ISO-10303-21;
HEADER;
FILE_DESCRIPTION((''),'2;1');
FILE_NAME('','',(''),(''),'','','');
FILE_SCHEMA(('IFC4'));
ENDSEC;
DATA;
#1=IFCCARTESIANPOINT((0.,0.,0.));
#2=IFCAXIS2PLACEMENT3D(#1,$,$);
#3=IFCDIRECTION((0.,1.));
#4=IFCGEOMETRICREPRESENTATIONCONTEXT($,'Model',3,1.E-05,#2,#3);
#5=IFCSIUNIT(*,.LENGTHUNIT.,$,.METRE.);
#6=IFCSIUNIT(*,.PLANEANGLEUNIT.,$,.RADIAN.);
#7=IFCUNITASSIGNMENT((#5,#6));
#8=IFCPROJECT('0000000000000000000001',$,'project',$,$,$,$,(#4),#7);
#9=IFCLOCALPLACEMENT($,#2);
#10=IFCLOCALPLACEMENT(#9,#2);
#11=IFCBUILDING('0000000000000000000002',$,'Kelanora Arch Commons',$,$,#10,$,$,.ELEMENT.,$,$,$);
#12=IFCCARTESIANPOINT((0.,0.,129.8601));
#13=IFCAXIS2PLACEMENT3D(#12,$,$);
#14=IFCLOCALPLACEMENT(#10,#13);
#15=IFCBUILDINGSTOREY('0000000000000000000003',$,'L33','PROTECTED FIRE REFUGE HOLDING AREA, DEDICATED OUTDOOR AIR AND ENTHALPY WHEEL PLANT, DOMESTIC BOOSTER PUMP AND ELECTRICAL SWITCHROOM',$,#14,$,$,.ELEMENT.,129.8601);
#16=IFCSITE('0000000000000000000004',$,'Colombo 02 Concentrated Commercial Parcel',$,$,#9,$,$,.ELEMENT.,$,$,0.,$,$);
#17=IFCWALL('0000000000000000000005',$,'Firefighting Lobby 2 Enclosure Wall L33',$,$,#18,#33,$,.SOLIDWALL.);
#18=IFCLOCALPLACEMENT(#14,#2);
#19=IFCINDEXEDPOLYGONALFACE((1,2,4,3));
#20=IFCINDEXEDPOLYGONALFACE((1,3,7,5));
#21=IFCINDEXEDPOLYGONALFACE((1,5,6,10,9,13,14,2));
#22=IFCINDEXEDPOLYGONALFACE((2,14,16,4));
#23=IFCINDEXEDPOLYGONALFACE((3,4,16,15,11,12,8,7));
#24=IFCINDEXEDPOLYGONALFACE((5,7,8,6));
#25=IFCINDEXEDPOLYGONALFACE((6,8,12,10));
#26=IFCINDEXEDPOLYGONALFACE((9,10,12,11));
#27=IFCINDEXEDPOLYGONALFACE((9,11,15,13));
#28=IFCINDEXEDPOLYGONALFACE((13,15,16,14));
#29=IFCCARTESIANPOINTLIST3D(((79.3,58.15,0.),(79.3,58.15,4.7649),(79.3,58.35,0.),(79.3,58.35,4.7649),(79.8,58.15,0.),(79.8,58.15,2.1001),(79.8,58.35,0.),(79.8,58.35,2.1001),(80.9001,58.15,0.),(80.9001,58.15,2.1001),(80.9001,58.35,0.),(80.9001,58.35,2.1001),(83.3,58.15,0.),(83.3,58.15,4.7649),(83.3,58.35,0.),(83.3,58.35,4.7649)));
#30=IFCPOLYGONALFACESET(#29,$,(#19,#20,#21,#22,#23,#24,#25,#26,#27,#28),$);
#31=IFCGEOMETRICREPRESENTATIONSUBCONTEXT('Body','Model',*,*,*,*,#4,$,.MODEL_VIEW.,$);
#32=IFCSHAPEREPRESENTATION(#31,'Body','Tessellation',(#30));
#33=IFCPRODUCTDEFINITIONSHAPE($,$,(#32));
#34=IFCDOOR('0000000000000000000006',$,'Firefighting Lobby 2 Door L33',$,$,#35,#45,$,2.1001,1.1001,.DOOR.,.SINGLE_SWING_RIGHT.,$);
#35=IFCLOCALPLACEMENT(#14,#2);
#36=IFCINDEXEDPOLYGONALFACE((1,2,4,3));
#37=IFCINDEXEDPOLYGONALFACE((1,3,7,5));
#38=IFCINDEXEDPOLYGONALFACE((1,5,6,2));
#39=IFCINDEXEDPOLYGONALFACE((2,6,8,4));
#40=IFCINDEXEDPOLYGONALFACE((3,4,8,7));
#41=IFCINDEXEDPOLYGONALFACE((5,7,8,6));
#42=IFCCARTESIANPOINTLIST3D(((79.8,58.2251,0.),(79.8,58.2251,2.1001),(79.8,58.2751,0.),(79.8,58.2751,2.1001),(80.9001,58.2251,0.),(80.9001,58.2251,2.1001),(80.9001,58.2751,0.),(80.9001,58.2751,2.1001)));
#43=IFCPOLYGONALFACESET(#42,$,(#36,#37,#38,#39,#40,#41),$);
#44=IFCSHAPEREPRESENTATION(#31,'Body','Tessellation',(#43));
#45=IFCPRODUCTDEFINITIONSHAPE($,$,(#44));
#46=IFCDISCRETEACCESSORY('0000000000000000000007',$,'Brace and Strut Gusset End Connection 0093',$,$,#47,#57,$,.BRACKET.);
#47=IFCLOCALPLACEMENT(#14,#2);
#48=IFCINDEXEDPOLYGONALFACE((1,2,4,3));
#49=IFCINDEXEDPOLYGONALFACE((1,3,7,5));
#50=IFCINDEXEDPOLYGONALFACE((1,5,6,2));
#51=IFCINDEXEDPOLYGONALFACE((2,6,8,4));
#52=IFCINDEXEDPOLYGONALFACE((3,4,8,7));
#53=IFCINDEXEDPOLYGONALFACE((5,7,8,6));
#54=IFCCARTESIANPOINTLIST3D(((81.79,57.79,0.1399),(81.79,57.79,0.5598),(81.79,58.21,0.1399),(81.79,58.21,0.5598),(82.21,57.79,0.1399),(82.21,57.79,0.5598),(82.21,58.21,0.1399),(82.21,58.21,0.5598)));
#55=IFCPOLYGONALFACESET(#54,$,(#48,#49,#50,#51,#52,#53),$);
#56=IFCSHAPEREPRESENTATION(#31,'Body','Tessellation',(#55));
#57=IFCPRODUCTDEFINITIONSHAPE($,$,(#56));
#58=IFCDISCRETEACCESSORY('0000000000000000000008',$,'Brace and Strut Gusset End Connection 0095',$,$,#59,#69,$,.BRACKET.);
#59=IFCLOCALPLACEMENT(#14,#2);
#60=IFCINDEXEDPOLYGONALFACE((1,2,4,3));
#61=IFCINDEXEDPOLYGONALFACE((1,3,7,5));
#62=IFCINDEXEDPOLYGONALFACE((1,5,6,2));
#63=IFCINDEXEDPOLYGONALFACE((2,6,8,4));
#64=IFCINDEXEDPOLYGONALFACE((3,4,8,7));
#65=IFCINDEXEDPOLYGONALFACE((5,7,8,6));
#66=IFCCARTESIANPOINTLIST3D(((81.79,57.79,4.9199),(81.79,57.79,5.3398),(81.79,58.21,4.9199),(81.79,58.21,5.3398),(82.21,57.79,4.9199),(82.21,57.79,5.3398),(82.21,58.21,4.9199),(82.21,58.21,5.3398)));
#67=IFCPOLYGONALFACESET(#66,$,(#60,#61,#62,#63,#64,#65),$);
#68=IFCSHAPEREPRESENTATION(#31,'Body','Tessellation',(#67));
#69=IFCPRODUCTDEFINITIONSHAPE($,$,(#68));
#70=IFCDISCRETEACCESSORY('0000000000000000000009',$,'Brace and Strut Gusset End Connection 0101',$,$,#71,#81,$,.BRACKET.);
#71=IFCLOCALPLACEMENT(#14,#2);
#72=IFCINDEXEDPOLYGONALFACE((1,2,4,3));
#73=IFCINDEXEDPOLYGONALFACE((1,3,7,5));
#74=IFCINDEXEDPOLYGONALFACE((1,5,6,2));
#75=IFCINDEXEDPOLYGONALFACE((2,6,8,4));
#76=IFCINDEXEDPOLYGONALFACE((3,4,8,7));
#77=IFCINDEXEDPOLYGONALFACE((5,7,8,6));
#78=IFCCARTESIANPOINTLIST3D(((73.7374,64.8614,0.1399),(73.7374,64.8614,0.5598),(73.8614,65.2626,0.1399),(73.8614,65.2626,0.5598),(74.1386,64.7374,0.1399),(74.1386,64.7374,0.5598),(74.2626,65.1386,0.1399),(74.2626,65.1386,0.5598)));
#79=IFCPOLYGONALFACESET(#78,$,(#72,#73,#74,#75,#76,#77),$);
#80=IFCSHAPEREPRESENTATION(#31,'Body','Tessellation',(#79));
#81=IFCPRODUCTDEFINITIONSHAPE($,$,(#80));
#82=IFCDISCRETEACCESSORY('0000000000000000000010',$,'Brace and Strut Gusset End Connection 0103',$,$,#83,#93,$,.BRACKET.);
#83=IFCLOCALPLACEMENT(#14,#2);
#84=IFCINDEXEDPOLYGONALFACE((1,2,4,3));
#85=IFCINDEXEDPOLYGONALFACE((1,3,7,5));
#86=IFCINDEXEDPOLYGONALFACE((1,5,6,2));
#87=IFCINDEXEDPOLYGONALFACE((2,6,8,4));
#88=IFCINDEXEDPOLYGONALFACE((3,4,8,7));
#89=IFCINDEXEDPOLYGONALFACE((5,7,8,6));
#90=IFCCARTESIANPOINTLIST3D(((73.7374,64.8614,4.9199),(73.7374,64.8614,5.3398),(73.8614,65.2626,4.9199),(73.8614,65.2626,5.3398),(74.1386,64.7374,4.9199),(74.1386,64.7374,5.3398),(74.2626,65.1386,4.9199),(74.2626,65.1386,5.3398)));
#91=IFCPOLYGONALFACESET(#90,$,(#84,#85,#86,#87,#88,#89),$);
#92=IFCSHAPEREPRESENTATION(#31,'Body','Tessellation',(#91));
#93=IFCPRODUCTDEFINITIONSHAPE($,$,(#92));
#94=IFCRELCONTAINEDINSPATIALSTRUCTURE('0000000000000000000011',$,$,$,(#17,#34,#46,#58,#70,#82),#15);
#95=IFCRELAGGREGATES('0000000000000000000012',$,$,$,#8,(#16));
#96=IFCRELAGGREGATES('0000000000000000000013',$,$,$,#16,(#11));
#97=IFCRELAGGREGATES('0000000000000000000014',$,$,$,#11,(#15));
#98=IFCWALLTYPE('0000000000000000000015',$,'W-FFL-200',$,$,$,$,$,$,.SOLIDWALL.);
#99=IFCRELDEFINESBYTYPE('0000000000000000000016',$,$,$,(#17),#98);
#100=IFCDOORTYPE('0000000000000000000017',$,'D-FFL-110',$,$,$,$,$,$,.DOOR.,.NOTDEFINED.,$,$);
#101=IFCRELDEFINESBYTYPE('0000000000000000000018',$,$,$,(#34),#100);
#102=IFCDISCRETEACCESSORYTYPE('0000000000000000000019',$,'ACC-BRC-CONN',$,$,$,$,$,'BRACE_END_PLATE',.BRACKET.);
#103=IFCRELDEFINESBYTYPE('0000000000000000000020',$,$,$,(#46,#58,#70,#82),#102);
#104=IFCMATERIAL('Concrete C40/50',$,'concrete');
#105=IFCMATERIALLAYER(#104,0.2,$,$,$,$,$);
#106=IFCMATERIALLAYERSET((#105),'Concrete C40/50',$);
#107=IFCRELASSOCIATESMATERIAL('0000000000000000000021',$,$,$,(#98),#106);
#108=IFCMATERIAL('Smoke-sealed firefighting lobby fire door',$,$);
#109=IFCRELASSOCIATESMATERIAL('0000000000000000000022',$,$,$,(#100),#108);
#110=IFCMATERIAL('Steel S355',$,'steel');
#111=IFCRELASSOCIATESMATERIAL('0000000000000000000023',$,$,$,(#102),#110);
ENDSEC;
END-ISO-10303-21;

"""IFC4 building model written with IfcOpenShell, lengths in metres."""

from ifc_helpers import new_model, si_unit, direction, frame, frame_2d, origin, origin_2d, place, context, subcontext, project, spatial, rectangle, extrude, source, transform, mapped, material, layer, layer_set, type_object, element, fill, save


model = new_model("IFC4")

# Units and contexts
model_context = context("Model", 3, precision=1e-05, world=origin(), true_north=direction((0.0, 1.0)))
body_context = subcontext(model_context, "Body", "Model", "MODEL_VIEW")
ifc_project = project(units=[si_unit("LENGTHUNIT", "METRE"), si_unit("PLANEANGLEUNIT", "RADIAN")], contexts=[model_context])

# Site, building, storey
site_placement = place(None, origin())
site = spatial("IfcSite", under=ifc_project, at=site_placement, Name="Colombo 02 Concentrated Commercial Parcel", CompositionType="ELEMENT", RefElevation=0.0)
building_placement = place(site_placement, origin())
building = spatial("IfcBuilding", under=site, at=building_placement, Name="Kelanora Arch Commons", CompositionType="ELEMENT")
storey_placement = place(building_placement, frame((0.0, 0.0, 129.8601)))
storey = spatial("IfcBuildingStorey", under=building, at=storey_placement, Name="L33", Description="PROTECTED FIRE REFUGE HOLDING AREA, DEDICATED OUTDOOR AIR AND ENTHALPY WHEEL PLANT, DOMESTIC BOOSTER PUMP AND ELECTRICAL SWITCHROOM", CompositionType="ELEMENT", Elevation=129.8601)

# Shared definitions
ifc_material_1 = material(Name="Steel S355", Category="steel")

# Wall, opening, door
ifc_material_2 = material(Name="Concrete C40/50", Category="concrete")
ifc_layer_1 = layer(ifc_material_2, 0.2)
ifc_layer_set_1 = layer_set([ifc_layer_1], Name="Concrete C40/50")
wall_type_1 = type_object("IfcWallType", Name="W-FFL-200", PredefinedType="SOLIDWALL", material=ifc_layer_set_1)
ifc_material_3 = material(Name="Smoke-sealed firefighting lobby fire door")
door_type_1 = type_object("IfcDoorType", Name="D-FFL-110", OperationType="NOTDEFINED", PredefinedType="DOOR", material=ifc_material_3)
wall_1_placement = place(storey_placement, frame((79.3, 58.25, 0.0), z_axis=(0.0, 0.0, 1.0), x_axis=(1.0, 0.0, 0.0)))
wall_1 = element("IfcWall", 1, at=wall_1_placement, inside=storey, type_object=wall_type_1, Name="Firefighting Lobby 2 Enclosure Wall L33", PredefinedType="SOLIDWALL", context=body_context, shape_type="SweptSolid", body=[
    extrude(rectangle(XDim=4.0, YDim=0.2, at=frame_2d((2.0, 0.0))), origin(), (0.0, 0.0, 1.0), 4.7649),
])
opening_1_placement = place(wall_1_placement, frame((0.5, 0.0, 0.0)))
opening_1 = element("IfcOpeningElement", 2, at=opening_1_placement, cuts=wall_1, PredefinedType="OPENING", context=body_context, shape_type="SweptSolid", body=[
    extrude(rectangle(XDim=1.1001, YDim=2.1001, at=frame_2d((0.55, 1.05))), frame((0.0, 0.1099, 0.0), z_axis=(0.0, -1.0, 0.0), x_axis=(1.0, 0.0, 0.0)), (0.0, 0.0, 1.0), 0.22),
])
door_1_placement = place(opening_1_placement, frame((1.1001, 0.0, 0.0), z_axis=(0.0, 0.0, 1.0), x_axis=(-1.0, 0.0, 0.0)))
door_1 = element("IfcDoor", 3, at=door_1_placement, inside=storey, type_object=door_type_1, Name="Firefighting Lobby 2 Door L33", OperationType="SINGLE_SWING_RIGHT", OverallHeight=2.1001, OverallWidth=1.1001, PredefinedType="DOOR", context=body_context, shape_type="SweptSolid", body=[
    extrude(rectangle(XDim=1.1001, YDim=2.1001, at=frame_2d((0.55, 1.05))), frame((0.0, 0.0249, 0.0), z_axis=(0.0, -1.0, 0.0), x_axis=(1.0, 0.0, 0.0)), (0.0, 0.0, 1.0), 0.05),
])
fill(opening_1, door_1)

# Discrete accessories
discrete_accessory_type = type_object("IfcDiscreteAccessoryType", Name="ACC-BRC-CONN", ElementType="BRACE_END_PLATE", PredefinedType="BRACKET", material=ifc_material_1)
shared_shape_1 = source(origin(), body_context, "Body", "SweptSolid", [
    extrude(rectangle(XDim=0.4199, YDim=0.4199, at=origin_2d()), origin(), (0.0, 0.0, 1.0), 0.4199),
])
for number, where, z_axis, x_axis, name in (
    (4, (82.0, 58.0, 0.1399), (0.0, 0.0, 1.0), (1.0, 0.0, 0.0), "Brace and Strut Gusset End Connection 0093"),
    (5, (82.0, 58.0, 4.9199), (0.0, 0.0, 1.0), (1.0, 0.0, 0.0), "Brace and Strut Gusset End Connection 0095"),
    (6, (74.0, 65.0, 0.1399), (0.0, 0.0, 1.0), (0.295208, 0.955433, 0.0), "Brace and Strut Gusset End Connection 0101"),
    (7, (74.0, 65.0, 4.9199), (0.0, 0.0, 1.0), (0.295208, 0.955433, 0.0), "Brace and Strut Gusset End Connection 0103"),
):
    element("IfcDiscreteAccessory", number, at=place(storey_placement, frame(where, z_axis=z_axis, x_axis=x_axis)), inside=storey, type_object=discrete_accessory_type, Name=name, PredefinedType="BRACKET", context=body_context, shape_type="MappedRepresentation", body=[
        mapped(shared_shape_1, transform((0.0, 0.0, 0.0), scale=1.0)),
    ])

save(model, "model.ifc")
